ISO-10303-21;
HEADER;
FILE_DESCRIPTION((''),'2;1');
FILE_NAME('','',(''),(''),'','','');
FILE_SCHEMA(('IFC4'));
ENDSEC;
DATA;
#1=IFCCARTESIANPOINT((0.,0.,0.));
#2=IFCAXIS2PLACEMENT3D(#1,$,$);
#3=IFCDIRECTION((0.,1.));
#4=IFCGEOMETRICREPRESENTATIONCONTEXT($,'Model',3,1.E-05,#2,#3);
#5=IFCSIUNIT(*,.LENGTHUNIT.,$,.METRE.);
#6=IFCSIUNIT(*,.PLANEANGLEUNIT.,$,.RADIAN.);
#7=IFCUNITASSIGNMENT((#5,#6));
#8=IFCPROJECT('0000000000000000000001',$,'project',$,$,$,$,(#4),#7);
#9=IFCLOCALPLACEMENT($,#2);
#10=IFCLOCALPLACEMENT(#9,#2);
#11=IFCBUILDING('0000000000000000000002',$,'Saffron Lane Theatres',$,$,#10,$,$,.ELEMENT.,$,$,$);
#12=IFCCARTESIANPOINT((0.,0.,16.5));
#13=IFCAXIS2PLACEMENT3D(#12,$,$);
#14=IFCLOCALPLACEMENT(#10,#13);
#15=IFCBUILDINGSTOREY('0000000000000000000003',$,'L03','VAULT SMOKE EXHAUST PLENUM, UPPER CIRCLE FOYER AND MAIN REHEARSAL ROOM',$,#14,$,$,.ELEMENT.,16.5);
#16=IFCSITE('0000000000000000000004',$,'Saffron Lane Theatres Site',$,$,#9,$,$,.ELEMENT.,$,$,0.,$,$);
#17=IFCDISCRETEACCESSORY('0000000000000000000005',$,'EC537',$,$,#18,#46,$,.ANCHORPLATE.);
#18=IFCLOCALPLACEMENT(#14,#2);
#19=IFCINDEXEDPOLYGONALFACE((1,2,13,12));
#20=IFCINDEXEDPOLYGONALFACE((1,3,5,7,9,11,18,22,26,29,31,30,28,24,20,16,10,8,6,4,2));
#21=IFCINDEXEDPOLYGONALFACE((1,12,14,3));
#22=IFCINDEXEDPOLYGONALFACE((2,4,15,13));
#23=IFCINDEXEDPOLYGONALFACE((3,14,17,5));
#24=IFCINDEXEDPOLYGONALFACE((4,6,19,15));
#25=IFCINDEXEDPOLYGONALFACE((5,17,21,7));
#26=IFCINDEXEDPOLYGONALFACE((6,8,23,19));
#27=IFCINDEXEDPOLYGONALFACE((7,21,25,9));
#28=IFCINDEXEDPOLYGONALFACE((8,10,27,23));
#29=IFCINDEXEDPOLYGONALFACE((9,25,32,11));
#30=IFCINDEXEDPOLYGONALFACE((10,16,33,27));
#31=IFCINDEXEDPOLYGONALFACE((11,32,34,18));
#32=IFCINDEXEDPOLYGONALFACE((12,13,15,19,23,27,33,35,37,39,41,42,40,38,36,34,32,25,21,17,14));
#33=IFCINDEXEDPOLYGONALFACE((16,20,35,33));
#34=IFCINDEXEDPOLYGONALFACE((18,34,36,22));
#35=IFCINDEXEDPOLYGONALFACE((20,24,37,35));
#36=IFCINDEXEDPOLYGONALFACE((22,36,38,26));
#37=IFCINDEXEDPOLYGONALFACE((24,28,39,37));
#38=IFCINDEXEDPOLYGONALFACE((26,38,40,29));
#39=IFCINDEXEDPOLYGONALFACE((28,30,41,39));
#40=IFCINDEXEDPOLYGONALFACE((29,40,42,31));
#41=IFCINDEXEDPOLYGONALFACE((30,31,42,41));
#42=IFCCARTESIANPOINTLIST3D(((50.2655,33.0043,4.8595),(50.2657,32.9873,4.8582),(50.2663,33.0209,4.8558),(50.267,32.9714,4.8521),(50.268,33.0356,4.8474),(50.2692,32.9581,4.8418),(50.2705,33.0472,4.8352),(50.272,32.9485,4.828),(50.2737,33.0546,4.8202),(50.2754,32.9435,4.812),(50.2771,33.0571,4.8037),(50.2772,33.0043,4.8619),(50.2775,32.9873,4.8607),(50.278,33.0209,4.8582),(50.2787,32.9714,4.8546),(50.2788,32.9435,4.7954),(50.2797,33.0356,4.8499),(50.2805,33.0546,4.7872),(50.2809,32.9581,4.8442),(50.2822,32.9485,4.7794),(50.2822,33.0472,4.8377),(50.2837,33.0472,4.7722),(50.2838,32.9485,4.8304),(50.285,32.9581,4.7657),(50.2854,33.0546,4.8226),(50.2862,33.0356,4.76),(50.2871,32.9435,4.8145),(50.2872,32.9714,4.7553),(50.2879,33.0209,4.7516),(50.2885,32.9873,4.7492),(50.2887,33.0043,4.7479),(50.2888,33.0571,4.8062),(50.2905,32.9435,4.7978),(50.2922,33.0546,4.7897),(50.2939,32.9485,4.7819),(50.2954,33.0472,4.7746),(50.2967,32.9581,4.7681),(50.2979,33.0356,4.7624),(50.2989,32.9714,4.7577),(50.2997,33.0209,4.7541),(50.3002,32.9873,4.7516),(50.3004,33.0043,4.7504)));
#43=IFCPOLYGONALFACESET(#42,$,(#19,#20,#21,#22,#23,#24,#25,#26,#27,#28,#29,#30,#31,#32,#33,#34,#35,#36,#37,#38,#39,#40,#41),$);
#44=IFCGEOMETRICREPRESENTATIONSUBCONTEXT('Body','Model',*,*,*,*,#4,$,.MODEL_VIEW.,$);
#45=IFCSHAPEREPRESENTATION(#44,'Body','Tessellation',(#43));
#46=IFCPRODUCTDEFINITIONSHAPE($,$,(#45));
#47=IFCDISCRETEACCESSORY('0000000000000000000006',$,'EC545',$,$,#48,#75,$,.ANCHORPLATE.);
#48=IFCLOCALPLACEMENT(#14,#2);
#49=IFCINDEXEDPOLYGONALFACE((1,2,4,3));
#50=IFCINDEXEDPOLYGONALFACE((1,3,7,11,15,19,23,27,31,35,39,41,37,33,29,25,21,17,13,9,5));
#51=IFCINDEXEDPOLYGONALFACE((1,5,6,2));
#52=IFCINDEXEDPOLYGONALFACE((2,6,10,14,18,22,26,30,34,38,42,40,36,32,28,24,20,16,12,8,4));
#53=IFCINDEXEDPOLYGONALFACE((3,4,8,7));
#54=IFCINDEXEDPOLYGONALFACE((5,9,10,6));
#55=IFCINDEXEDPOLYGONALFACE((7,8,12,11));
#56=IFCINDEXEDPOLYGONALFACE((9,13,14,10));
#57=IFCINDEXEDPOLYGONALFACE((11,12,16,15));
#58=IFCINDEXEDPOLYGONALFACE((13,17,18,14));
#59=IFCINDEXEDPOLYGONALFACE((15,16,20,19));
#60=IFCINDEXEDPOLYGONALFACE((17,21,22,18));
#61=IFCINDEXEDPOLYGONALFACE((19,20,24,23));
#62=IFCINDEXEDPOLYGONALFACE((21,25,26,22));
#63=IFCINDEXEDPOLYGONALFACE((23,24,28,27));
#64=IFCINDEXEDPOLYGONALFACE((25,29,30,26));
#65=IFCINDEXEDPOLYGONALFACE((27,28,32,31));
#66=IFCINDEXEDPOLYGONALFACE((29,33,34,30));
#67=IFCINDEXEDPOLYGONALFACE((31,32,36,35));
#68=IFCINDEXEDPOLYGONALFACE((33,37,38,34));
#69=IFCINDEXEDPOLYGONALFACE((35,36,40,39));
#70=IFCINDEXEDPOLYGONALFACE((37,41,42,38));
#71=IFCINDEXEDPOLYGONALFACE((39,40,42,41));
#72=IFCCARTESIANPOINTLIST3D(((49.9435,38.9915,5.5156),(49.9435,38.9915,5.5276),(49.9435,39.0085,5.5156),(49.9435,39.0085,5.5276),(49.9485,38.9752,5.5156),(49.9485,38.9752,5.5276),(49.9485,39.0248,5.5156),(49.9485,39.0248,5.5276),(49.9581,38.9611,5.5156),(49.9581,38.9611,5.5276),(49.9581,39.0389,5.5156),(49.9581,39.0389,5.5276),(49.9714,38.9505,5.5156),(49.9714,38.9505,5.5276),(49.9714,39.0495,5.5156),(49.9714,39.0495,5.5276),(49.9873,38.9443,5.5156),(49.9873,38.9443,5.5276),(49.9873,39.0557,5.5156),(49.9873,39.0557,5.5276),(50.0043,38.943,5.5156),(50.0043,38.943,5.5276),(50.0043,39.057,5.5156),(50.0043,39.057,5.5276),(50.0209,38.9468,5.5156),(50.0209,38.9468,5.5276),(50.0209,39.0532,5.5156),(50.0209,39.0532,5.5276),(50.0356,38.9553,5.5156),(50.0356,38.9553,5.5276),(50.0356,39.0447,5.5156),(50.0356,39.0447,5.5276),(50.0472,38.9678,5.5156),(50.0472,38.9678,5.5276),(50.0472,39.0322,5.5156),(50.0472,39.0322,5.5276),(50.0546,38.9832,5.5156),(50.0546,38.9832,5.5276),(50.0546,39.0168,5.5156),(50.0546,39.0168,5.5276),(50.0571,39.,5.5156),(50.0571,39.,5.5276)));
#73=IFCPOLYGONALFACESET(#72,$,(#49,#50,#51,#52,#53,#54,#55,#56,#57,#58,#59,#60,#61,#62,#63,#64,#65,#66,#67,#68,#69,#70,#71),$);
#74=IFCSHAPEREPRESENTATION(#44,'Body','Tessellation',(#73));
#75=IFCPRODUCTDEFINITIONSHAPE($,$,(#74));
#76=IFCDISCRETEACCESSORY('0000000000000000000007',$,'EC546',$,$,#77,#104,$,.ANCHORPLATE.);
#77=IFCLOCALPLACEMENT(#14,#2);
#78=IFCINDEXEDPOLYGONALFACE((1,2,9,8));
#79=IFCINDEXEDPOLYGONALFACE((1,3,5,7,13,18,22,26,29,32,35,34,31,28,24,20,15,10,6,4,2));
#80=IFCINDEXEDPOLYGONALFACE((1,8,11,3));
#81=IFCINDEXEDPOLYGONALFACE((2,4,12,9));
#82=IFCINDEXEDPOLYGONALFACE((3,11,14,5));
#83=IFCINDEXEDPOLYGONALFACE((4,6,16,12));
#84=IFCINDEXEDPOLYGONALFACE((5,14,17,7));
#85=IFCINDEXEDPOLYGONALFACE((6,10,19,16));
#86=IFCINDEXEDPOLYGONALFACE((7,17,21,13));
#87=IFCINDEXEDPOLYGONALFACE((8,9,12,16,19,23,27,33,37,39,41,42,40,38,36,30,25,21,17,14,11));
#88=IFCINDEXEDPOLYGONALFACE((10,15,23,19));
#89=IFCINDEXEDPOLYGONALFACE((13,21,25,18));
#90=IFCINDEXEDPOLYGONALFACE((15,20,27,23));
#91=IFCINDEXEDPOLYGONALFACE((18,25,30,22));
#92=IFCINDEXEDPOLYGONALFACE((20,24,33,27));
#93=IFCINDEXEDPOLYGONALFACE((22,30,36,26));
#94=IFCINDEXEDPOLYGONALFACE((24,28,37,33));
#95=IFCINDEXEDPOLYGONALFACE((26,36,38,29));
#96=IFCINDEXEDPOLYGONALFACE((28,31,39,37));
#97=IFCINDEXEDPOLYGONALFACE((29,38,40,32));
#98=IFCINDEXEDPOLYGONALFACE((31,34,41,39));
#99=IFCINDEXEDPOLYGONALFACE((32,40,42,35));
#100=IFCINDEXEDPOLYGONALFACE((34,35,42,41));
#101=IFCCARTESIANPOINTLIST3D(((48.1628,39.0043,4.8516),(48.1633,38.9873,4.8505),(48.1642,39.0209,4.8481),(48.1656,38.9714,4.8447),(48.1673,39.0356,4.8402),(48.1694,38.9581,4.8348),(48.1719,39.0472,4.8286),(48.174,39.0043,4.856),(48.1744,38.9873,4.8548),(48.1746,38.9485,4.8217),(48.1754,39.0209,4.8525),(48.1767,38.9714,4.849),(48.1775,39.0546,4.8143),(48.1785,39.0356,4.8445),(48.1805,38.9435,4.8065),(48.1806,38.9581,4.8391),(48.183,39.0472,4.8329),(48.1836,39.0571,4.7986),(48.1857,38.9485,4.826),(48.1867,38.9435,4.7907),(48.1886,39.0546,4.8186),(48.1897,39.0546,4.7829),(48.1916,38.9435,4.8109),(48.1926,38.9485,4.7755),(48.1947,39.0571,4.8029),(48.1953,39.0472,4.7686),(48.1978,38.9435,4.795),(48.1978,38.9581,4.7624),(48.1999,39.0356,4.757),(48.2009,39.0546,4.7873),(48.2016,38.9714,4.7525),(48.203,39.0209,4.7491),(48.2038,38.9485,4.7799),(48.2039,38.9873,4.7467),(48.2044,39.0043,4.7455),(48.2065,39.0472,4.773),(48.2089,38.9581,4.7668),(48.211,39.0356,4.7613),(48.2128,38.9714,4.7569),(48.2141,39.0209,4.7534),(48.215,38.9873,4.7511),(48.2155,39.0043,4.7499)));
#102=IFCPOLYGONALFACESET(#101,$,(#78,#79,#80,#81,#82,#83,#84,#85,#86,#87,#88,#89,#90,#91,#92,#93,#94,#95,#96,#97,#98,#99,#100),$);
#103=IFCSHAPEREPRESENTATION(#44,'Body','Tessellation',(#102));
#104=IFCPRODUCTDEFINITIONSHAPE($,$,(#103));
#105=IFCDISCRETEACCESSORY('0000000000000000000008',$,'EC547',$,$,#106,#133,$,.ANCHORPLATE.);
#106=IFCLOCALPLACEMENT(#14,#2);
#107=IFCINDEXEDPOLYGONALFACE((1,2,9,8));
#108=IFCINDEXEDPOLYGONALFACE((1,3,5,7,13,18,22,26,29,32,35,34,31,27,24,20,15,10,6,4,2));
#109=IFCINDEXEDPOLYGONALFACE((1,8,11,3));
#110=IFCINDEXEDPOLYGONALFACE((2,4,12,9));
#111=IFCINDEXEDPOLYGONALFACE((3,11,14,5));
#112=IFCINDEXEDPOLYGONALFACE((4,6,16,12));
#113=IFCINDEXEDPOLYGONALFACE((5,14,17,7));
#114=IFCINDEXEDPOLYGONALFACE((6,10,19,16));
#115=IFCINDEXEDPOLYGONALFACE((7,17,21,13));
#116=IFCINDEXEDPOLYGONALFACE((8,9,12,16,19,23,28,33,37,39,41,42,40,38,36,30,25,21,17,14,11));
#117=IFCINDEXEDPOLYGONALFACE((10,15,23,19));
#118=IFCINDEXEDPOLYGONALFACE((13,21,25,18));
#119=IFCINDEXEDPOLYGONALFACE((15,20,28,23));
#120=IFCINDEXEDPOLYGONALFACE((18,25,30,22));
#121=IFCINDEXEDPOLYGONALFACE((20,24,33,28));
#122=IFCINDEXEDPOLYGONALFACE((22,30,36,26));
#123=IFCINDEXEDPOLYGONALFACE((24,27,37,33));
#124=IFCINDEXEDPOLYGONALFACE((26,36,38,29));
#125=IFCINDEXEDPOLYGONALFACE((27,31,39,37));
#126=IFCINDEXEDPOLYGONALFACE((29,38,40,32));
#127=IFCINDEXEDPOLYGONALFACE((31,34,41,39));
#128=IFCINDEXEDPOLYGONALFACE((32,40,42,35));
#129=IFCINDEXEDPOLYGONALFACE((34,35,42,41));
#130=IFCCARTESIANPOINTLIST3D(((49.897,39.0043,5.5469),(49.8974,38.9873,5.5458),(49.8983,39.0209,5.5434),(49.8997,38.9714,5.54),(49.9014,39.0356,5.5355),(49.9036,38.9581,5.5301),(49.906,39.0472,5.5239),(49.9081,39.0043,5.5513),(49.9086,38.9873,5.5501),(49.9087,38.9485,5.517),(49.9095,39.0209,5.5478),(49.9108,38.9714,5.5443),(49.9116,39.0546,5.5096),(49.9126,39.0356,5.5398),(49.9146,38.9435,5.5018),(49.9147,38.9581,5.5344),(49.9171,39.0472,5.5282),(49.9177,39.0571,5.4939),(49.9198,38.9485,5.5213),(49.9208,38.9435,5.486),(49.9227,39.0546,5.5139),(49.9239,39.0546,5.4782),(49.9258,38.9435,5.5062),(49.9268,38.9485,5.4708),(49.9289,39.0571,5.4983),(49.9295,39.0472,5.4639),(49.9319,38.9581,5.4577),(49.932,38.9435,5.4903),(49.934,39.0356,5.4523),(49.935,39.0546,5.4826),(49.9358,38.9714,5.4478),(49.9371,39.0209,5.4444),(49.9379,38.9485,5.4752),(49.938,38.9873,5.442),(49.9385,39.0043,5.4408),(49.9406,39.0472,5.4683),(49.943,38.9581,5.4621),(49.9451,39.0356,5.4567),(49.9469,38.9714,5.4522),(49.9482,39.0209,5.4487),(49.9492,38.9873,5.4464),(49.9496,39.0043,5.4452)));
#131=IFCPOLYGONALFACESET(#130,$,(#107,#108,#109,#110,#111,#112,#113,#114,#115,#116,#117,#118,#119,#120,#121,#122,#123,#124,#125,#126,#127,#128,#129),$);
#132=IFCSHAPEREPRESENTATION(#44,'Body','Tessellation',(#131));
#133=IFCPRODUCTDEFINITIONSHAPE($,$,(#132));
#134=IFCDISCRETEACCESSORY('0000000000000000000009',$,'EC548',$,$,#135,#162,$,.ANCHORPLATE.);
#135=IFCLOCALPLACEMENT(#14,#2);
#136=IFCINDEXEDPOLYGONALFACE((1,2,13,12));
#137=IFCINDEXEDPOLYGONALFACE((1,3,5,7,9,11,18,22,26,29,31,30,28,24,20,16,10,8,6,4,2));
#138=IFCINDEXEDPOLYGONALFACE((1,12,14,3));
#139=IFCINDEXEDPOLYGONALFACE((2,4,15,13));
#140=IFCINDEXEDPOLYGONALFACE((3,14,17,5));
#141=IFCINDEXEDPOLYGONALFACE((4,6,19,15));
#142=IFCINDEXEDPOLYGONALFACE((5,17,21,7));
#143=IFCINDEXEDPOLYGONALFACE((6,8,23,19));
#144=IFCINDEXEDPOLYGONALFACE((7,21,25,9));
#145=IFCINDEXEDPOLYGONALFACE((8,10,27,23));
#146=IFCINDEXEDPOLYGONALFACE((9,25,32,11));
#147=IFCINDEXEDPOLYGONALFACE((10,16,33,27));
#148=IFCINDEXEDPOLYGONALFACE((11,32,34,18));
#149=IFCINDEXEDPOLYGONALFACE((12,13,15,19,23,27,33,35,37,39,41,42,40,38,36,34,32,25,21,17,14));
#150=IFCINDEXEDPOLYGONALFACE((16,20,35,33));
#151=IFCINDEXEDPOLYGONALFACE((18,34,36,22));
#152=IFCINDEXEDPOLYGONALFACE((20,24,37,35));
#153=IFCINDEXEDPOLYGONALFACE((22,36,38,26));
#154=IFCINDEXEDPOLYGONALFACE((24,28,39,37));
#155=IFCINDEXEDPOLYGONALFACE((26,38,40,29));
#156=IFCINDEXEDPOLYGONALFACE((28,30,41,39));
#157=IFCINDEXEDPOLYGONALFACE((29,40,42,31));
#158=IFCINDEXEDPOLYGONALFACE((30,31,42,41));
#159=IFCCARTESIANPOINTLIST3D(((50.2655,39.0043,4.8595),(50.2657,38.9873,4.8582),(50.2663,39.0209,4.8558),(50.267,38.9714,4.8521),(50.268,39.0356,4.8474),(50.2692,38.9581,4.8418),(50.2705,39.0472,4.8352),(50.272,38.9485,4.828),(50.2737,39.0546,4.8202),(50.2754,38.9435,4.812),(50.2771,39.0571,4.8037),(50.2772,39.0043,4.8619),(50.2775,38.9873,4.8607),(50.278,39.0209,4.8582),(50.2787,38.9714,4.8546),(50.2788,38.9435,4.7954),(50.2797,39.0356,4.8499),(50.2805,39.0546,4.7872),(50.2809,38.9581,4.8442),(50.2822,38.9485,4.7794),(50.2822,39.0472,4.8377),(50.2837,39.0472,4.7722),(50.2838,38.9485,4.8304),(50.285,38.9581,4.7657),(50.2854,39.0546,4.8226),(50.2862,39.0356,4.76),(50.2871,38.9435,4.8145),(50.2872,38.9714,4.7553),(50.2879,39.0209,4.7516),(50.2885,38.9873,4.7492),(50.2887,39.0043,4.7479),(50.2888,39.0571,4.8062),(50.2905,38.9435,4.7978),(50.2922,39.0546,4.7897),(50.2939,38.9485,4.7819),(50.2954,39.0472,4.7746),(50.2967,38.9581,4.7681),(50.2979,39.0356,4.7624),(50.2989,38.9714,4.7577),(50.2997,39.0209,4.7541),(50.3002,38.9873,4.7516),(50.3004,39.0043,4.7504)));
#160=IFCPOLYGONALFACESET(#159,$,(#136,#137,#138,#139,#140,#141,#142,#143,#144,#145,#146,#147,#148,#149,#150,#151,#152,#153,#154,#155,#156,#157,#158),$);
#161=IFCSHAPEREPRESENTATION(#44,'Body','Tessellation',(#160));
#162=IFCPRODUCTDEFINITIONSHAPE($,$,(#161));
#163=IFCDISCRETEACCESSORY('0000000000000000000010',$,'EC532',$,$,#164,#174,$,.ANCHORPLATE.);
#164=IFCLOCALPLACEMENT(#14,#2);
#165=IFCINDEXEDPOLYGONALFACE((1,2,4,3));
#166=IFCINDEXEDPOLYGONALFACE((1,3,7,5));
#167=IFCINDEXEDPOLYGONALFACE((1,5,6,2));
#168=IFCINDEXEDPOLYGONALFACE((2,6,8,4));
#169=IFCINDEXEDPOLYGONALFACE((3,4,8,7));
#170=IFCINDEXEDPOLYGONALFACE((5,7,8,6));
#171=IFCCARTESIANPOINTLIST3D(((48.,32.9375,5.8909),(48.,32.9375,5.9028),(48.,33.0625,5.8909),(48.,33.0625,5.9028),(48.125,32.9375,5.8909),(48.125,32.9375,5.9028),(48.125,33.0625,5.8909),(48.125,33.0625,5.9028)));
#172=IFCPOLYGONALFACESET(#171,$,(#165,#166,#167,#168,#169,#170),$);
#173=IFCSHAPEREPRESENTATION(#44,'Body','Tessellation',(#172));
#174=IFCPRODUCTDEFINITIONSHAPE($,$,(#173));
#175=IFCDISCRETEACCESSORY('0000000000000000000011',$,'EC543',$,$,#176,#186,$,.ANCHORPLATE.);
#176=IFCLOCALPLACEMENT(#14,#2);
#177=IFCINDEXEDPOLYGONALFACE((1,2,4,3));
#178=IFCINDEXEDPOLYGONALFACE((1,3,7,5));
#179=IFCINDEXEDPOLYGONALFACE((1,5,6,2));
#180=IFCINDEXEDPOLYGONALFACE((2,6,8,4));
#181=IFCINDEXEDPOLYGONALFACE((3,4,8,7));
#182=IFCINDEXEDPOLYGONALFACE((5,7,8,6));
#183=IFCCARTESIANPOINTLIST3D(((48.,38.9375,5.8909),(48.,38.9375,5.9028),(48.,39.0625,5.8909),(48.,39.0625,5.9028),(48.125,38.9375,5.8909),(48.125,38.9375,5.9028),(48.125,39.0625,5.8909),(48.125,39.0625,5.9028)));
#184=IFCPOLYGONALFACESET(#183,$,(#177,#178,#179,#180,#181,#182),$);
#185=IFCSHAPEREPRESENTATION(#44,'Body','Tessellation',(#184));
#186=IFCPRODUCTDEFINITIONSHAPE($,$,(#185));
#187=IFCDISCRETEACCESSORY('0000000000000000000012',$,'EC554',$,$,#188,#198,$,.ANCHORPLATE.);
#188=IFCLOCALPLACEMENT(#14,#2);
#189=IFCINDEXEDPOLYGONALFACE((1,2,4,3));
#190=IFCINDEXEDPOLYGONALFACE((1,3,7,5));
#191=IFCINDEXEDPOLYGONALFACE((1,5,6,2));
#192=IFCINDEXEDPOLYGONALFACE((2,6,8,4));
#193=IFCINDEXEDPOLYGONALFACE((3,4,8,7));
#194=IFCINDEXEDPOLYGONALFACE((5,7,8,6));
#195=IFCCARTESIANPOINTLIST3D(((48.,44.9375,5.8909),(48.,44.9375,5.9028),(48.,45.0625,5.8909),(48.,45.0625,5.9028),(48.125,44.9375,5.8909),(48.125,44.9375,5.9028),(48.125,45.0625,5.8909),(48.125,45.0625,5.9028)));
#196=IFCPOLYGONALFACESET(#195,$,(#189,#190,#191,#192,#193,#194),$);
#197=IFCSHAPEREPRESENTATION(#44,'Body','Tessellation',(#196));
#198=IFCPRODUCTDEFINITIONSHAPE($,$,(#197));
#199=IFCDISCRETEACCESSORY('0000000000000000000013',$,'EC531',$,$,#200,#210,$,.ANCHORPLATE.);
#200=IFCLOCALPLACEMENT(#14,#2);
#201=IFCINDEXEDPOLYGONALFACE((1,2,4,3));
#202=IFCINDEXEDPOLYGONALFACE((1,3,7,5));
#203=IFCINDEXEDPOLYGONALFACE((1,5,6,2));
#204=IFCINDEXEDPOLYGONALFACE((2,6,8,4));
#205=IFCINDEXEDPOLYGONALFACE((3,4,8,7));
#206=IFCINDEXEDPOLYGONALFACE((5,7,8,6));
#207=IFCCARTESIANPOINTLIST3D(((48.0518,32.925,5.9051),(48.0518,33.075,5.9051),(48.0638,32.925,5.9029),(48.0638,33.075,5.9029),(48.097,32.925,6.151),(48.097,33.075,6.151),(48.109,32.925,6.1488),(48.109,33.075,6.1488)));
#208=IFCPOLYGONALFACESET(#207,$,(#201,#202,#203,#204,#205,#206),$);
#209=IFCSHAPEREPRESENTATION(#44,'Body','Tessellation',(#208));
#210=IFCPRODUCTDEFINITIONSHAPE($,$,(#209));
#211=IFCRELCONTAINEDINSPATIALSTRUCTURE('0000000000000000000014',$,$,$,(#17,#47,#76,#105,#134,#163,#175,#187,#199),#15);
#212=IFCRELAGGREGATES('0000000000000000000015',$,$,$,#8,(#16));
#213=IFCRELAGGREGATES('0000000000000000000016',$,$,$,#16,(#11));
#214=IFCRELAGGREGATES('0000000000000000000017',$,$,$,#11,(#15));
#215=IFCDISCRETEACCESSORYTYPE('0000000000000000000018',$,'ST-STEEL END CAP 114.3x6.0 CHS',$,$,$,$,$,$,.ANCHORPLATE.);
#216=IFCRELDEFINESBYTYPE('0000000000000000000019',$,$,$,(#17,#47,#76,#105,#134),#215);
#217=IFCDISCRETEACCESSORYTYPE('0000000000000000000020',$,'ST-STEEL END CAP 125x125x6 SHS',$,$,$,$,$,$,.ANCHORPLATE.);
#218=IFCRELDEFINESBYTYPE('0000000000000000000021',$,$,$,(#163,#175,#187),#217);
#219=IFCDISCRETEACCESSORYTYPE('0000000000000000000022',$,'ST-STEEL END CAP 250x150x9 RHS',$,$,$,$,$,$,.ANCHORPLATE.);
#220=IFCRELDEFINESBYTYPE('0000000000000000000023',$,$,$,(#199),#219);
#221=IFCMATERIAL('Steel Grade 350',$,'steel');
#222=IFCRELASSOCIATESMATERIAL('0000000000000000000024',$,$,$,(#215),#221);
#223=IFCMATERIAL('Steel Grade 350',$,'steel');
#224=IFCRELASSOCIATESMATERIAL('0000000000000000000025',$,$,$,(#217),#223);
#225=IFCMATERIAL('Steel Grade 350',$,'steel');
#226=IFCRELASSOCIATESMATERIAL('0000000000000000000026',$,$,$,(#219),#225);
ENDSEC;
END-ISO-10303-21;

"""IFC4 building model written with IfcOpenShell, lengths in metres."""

from ifc_helpers import new_model, si_unit, direction, frame, origin, origin_2d, place, context, subcontext, project, spatial, rectangle, circle, extrude, material, material_profile, profile_set, type_object, element, save


model = new_model("IFC4")

# Units and contexts
model_context = context("Model", 3, precision=1e-05, world=origin(), true_north=direction((0.0, 1.0)))
body_context = subcontext(model_context, "Body", "Model", "MODEL_VIEW")
ifc_project = project(units=[si_unit("LENGTHUNIT", "METRE"), si_unit("PLANEANGLEUNIT", "RADIAN")], contexts=[model_context])

# Site, building, storey
site_placement = place(None, origin())
site = spatial("IfcSite", under=ifc_project, at=site_placement, Name="Saffron Lane Theatres Site", CompositionType="ELEMENT", RefElevation=0.0)
building_placement = place(site_placement, origin())
building = spatial("IfcBuilding", under=site, at=building_placement, Name="Saffron Lane Theatres", CompositionType="ELEMENT")
storey_placement = place(building_placement, frame((0.0, 0.0, 16.5)))
storey = spatial("IfcBuildingStorey", under=building, at=storey_placement, Name="L03", Description="VAULT SMOKE EXHAUST PLENUM, UPPER CIRCLE FOYER AND MAIN REHEARSAL ROOM", CompositionType="ELEMENT", Elevation=16.5)

# Discrete accessories
ifc_material_1 = material(Name="Steel Grade 350", Category="steel")
ifc_material_profile_1 = material_profile(ifc_material_1, circle(Radius=0.0571, at=origin_2d()))
ifc_profile_set_1 = profile_set([ifc_material_profile_1], Name="Steel Grade 350")
discrete_accessory_type_1 = type_object("IfcDiscreteAccessoryType", Name="ST-STEEL END CAP 114.3x6.0 CHS", PredefinedType="ANCHORPLATE", material=ifc_profile_set_1)
for number, where, z_axis, x_axis, name in (
    (1, (50.2771, 33.0, 4.8037), (0.97898, 0.0, 0.203954), (0.0, 1.0, 0.0), "EC537"),
    (2, (50.0, 39.0, 5.5156), (0.0, 0.0, 1.0), (1.0, 0.0, 0.0), "EC545"),
    (3, (48.1836, 39.0, 4.7986), (0.931243, 0.0, 0.364399), (0.0, 1.0, 0.0), "EC546"),
    (4, (49.9177, 39.0, 5.4939), (0.931243, 0.0, 0.364399), (0.0, 1.0, 0.0), "EC547"),
    (5, (50.2771, 39.0, 4.8037), (0.97898, 0.0, 0.203954), (0.0, 1.0, 0.0), "EC548"),
):
    element("IfcDiscreteAccessory", number, at=place(storey_placement, frame(where, z_axis=z_axis, x_axis=x_axis)), inside=storey, type_object=discrete_accessory_type_1, Name=name, PredefinedType="ANCHORPLATE", context=body_context, shape_type="SweptSolid", body=[
        extrude(circle(Radius=0.0571, at=origin_2d()), origin(), (0.0, 0.0, 1.0), 0.012),
    ])
ifc_material_2 = material(Name="Steel Grade 350", Category="steel")
ifc_material_profile_2 = material_profile(ifc_material_2, rectangle(XDim=0.125, YDim=0.125, at=origin_2d()))
ifc_profile_set_2 = profile_set([ifc_material_profile_2], Name="Steel Grade 350")
discrete_accessory_type_2 = type_object("IfcDiscreteAccessoryType", Name="ST-STEEL END CAP 125x125x6 SHS", PredefinedType="ANCHORPLATE", material=ifc_profile_set_2)
for number, where, z_axis, x_axis, name in (
    (6, (48.0625, 33.0, 5.8909), (0.0, 0.0, 1.0), (1.0, 0.0, 0.0), "EC532"),
    (7, (48.0625, 39.0, 5.8909), (0.0, 0.0, 1.0), (1.0, 0.0, 0.0), "EC543"),
    (8, (48.0625, 45.0, 5.8909), (0.0, 0.0, 1.0), (1.0, 0.0, 0.0), "EC554"),
):
    element("IfcDiscreteAccessory", number, at=place(storey_placement, frame(where, z_axis=z_axis, x_axis=x_axis)), inside=storey, type_object=discrete_accessory_type_2, Name=name, PredefinedType="ANCHORPLATE", context=body_context, shape_type="SweptSolid", body=[
        extrude(rectangle(XDim=0.125, YDim=0.125, at=origin_2d()), origin(), (0.0, 0.0, 1.0), 0.012),
    ])
ifc_material_3 = material(Name="Steel Grade 350", Category="steel")
ifc_material_profile_3 = material_profile(ifc_material_3, rectangle(XDim=0.1499, YDim=0.25, at=origin_2d()))
ifc_profile_set_3 = profile_set([ifc_material_profile_3], Name="Steel Grade 350")
discrete_accessory_type_3 = type_object("IfcDiscreteAccessoryType", Name="ST-STEEL END CAP 250x150x9 RHS", PredefinedType="ANCHORPLATE", material=ifc_profile_set_3)
for number, where, z_axis, x_axis, name in (
    (9, (48.0864, 33.0, 6.0259), (-0.983547, 0.0, 0.180652), (0.0, -1.0, 0.0), "EC531"),
):
    element("IfcDiscreteAccessory", number, at=place(storey_placement, frame(where, z_axis=z_axis, x_axis=x_axis)), inside=storey, type_object=discrete_accessory_type_3, Name=name, PredefinedType="ANCHORPLATE", context=body_context, shape_type="SweptSolid", body=[
        extrude(rectangle(XDim=0.1499, YDim=0.25, at=origin_2d()), origin(), (0.0, 0.0, 1.0), 0.0122),
    ])

save(model, "model.ifc")
